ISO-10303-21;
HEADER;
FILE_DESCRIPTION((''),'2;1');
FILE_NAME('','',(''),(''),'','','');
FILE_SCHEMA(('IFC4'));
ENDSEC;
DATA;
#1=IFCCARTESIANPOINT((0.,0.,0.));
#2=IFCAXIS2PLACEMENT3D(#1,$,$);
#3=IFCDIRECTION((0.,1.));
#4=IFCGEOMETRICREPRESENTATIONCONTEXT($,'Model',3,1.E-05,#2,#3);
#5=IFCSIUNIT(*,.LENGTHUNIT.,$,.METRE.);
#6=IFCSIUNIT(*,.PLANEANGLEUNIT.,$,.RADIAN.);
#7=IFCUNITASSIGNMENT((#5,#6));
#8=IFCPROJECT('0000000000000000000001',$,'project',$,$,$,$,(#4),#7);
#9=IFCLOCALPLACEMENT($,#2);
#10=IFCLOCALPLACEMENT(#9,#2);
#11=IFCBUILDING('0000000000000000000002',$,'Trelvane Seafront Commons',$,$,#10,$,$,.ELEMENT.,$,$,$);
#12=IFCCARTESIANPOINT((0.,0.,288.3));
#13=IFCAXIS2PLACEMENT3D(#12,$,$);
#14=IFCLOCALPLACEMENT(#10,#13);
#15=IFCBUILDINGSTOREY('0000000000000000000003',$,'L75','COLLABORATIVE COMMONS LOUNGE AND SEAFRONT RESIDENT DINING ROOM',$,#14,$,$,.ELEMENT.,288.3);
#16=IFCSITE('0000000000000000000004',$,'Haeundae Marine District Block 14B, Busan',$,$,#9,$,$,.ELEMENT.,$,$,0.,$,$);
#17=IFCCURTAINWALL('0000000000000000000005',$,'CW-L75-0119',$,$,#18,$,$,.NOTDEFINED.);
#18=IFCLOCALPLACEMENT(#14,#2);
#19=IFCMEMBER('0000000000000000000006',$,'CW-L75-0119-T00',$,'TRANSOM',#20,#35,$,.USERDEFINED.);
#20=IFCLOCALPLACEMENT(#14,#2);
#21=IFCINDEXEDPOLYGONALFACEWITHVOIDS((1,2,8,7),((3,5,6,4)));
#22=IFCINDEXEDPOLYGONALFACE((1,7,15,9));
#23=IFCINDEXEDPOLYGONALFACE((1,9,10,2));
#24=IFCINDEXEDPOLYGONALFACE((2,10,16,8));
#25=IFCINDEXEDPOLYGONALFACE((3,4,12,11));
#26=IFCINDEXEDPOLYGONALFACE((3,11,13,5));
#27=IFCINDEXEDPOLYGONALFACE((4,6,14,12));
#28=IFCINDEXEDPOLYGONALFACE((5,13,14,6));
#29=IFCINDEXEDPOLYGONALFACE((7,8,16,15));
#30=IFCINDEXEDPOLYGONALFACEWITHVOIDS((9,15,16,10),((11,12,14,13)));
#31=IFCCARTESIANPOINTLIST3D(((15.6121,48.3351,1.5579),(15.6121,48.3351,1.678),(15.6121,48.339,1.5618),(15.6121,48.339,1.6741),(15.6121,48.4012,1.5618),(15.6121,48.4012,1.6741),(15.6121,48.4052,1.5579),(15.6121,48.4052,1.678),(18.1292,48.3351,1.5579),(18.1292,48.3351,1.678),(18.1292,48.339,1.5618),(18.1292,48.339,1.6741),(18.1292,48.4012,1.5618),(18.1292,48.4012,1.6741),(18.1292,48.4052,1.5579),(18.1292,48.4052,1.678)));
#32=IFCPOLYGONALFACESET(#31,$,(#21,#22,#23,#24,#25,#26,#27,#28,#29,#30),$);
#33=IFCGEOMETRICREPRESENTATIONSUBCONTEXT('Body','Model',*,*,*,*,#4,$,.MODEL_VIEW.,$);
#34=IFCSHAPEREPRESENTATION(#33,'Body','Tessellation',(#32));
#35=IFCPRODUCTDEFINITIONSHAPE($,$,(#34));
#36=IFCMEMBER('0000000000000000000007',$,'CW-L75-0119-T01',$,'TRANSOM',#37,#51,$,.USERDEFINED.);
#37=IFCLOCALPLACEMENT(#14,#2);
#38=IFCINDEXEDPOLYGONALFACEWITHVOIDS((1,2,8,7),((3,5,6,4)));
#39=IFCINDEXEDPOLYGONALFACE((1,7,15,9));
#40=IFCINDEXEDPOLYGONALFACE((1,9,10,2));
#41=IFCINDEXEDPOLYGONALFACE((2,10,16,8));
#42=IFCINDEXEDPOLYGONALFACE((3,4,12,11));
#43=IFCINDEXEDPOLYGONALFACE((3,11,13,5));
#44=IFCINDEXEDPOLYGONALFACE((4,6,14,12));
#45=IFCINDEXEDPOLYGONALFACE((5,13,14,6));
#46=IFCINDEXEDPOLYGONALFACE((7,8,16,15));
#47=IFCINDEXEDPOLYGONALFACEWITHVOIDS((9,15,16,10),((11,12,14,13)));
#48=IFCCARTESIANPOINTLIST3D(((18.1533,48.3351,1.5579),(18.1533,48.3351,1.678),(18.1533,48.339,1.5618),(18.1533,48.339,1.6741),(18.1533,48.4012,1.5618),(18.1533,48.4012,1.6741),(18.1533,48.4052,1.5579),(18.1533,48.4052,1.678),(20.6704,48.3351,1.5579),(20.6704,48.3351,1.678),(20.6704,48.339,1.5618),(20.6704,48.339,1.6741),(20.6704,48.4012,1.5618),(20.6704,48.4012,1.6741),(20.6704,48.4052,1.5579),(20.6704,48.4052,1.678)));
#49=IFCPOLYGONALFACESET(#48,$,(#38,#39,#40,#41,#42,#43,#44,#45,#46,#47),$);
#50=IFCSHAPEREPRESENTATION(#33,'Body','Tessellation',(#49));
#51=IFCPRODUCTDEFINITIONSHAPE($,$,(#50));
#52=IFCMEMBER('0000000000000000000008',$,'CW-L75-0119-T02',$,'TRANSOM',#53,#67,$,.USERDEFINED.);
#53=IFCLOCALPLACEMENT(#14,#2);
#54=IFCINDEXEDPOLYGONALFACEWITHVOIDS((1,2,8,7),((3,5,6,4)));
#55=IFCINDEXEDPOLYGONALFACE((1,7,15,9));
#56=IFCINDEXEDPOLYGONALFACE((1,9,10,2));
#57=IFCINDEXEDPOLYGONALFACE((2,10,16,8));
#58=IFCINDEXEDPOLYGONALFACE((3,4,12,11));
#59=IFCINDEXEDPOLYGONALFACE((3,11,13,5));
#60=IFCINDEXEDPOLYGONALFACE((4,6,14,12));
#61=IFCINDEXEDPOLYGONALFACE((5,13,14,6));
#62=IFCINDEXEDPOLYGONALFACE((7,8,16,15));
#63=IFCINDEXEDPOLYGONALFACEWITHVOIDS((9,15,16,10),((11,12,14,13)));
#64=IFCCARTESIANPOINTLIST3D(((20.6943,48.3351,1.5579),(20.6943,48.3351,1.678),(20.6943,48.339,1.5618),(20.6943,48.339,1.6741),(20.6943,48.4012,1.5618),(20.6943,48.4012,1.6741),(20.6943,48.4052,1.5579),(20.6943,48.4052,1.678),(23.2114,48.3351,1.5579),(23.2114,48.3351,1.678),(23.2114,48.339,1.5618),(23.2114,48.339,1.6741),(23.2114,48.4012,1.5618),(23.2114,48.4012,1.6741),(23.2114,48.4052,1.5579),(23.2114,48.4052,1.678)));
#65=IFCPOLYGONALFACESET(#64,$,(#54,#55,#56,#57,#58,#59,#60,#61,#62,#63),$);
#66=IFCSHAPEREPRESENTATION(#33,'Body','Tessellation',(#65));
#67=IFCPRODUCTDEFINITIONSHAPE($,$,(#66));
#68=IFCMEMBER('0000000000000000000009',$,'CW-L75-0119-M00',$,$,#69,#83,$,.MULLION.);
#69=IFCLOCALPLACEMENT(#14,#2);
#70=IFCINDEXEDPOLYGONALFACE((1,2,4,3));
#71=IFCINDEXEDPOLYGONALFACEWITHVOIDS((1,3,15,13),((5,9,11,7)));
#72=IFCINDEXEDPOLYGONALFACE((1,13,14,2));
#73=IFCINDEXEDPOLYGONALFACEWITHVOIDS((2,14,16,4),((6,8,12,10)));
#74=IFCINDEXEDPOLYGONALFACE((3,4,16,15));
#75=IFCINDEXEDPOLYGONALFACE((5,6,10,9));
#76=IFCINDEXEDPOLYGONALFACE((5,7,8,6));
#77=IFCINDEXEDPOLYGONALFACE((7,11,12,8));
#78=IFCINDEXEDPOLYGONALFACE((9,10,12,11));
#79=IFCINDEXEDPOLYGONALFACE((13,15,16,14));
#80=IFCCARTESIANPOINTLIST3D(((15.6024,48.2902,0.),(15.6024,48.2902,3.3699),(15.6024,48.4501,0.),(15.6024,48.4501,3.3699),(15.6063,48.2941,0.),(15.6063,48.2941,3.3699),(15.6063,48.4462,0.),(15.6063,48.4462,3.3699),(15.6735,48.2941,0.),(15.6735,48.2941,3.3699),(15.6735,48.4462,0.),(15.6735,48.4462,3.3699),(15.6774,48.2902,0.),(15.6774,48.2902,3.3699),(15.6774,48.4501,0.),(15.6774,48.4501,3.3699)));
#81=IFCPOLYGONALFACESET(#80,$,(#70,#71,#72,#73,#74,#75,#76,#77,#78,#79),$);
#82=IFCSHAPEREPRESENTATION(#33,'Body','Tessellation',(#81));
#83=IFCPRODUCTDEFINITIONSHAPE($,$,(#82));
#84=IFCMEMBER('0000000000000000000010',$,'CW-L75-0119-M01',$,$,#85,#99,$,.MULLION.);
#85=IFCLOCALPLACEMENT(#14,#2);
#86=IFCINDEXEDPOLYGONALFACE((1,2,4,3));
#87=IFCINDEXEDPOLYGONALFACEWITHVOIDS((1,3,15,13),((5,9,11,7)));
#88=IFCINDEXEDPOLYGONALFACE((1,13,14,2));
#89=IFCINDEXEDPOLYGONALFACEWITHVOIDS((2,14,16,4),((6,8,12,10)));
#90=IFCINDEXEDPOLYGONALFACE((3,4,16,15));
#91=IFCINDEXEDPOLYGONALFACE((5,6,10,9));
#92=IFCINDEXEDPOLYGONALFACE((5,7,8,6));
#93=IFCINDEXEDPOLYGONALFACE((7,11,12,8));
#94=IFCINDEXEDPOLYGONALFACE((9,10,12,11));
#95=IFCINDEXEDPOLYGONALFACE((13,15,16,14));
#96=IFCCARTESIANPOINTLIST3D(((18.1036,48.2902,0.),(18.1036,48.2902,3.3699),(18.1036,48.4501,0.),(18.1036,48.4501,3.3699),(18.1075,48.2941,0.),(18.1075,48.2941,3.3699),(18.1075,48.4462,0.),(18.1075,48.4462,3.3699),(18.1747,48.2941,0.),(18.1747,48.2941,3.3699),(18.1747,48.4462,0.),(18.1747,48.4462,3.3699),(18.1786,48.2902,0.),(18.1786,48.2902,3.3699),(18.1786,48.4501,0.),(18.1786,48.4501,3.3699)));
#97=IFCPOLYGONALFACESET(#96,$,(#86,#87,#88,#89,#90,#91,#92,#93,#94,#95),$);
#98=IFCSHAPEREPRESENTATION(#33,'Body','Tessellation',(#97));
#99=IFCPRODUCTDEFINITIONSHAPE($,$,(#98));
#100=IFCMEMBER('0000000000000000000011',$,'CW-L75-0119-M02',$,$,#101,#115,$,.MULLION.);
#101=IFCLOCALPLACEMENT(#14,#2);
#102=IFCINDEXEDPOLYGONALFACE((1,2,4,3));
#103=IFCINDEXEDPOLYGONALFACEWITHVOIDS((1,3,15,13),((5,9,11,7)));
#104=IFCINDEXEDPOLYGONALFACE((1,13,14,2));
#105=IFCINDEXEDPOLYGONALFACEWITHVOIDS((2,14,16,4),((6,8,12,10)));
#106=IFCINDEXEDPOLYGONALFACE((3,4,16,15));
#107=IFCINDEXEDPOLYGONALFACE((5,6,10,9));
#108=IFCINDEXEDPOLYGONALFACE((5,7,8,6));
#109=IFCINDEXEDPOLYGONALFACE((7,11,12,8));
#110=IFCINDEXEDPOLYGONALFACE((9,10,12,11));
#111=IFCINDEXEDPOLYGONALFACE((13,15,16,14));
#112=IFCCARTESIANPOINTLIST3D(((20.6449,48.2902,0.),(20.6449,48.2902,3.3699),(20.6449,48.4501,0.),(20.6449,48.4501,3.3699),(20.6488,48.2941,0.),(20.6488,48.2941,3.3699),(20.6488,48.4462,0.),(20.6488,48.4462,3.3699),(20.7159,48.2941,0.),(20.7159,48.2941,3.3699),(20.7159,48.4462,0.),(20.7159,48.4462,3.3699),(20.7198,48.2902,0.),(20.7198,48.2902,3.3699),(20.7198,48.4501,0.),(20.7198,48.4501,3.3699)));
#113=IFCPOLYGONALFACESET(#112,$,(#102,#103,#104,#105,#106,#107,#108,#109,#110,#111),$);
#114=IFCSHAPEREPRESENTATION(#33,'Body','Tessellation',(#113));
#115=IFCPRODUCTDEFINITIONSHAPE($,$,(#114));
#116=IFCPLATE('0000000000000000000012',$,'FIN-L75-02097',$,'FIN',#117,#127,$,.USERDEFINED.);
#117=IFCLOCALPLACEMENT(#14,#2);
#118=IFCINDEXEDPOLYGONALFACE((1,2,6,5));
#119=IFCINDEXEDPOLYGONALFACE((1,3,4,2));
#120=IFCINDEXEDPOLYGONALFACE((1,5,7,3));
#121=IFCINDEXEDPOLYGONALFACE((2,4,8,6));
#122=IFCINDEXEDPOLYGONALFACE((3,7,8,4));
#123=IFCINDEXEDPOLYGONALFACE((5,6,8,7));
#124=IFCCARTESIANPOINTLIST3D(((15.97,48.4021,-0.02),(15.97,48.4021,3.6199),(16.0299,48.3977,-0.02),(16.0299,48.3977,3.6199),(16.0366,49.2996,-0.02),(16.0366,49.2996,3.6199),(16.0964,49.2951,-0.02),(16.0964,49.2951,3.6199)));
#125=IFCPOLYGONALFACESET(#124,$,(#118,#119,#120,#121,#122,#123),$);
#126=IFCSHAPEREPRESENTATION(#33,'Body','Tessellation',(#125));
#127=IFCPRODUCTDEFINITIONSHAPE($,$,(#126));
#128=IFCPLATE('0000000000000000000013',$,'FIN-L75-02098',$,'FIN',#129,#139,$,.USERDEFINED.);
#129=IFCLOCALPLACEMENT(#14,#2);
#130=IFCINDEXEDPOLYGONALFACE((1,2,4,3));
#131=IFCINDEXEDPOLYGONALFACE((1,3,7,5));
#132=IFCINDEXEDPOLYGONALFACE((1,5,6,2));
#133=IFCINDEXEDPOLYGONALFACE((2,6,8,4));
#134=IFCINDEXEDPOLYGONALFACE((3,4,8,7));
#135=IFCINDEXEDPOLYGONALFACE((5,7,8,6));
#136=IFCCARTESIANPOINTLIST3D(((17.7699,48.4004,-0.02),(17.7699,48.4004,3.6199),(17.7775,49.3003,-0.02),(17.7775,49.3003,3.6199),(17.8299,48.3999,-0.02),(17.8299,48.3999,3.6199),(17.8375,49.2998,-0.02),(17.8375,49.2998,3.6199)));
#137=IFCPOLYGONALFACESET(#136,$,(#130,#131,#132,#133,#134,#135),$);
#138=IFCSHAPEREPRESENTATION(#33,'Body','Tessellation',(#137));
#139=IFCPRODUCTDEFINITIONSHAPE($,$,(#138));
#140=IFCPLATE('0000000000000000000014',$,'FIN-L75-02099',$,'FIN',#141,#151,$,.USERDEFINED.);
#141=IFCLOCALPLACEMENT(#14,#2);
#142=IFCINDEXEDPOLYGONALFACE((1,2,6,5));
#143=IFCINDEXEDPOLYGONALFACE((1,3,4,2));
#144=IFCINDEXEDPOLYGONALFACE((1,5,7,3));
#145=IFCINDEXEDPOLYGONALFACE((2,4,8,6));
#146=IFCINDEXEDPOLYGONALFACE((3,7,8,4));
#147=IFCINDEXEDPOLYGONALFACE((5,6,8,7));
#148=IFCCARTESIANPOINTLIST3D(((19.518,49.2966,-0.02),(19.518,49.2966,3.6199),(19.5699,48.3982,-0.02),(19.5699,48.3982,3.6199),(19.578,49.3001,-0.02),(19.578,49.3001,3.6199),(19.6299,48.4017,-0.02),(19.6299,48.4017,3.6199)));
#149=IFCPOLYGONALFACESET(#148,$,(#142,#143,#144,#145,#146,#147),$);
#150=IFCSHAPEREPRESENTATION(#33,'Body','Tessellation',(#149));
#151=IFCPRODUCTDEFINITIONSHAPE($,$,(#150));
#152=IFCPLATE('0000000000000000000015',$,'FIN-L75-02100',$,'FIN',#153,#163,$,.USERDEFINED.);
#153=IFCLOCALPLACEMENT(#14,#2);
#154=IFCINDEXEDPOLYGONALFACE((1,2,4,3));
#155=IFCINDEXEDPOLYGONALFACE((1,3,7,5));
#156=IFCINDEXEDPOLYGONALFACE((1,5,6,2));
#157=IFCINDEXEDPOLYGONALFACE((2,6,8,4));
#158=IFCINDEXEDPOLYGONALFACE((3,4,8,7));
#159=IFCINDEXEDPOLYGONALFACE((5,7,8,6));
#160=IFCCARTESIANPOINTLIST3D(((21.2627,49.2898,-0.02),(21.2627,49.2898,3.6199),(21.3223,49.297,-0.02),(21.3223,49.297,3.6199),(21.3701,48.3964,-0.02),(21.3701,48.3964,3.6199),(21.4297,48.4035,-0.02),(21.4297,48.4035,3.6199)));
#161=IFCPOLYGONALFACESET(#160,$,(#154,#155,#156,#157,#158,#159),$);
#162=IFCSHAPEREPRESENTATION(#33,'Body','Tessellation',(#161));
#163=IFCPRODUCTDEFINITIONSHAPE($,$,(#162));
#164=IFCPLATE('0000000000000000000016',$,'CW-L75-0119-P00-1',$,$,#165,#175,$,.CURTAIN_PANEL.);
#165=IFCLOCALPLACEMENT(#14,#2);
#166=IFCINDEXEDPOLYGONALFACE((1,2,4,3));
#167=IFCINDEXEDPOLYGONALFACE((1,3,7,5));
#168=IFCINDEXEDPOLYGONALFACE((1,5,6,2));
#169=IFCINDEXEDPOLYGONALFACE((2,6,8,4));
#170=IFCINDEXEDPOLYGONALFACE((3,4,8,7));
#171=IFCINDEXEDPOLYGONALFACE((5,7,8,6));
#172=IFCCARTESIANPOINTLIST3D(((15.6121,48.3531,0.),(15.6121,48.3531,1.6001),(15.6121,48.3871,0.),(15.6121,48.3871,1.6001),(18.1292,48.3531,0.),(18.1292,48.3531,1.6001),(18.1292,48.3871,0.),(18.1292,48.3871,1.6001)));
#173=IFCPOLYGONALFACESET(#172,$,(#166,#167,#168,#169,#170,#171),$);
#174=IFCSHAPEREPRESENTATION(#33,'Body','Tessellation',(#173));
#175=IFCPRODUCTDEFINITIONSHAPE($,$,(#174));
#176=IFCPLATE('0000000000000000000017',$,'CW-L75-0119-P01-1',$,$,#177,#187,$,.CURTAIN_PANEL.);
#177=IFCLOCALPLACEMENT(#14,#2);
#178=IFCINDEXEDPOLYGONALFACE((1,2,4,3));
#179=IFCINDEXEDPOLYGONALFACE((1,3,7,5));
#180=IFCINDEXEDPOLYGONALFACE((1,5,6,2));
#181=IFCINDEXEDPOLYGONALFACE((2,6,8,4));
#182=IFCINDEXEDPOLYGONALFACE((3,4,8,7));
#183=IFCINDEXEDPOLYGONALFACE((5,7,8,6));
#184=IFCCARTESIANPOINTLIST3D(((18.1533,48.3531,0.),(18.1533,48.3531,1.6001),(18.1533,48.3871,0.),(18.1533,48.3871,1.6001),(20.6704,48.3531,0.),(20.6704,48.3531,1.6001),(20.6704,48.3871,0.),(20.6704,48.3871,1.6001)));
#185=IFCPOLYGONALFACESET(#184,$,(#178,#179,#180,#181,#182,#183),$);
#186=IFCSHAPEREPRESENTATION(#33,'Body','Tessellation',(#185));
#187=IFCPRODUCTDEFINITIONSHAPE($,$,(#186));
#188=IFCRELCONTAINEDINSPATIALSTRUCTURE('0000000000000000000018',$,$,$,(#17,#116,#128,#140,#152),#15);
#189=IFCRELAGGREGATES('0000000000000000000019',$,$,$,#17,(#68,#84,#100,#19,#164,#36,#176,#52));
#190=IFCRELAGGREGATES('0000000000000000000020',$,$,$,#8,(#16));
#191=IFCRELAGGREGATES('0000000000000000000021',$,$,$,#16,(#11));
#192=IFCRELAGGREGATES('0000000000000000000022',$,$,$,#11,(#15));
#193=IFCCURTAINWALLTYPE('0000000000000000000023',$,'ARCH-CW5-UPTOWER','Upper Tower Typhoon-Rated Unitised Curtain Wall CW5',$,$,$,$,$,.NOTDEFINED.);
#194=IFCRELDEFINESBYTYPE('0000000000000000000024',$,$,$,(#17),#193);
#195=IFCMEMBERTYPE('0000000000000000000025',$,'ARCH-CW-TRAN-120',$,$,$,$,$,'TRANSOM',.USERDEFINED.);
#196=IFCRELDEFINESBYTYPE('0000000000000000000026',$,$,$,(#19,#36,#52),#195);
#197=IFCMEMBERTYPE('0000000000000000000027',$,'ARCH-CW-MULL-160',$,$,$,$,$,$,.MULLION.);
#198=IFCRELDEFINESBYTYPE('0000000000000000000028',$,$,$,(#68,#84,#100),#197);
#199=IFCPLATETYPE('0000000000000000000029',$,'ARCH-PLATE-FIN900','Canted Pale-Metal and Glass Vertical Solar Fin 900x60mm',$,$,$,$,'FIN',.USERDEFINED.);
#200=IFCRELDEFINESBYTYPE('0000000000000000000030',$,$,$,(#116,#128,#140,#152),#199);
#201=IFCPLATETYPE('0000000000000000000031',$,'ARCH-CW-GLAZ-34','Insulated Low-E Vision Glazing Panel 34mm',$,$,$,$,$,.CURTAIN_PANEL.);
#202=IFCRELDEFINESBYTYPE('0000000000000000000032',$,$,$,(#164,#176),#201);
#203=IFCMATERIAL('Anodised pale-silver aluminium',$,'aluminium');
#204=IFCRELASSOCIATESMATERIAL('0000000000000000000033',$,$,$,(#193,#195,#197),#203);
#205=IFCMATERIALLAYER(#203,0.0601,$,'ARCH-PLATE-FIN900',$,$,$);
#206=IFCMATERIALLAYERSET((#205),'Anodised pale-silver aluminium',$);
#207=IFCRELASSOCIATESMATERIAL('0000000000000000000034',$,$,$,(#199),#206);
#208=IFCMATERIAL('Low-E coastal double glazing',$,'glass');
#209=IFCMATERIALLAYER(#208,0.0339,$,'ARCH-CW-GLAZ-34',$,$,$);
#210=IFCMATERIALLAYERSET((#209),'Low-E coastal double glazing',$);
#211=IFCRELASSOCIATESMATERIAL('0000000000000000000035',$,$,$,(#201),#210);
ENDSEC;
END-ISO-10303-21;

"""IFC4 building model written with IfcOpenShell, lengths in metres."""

from ifc_helpers import new_model, si_unit, direction, frame, origin, origin_2d, place, context, subcontext, project, spatial, rectangle, hollow_rectangle, extrude, source, transform, mapped, material, layer, layer_set, material_profile, profile_set, type_object, element, aggregate, save


model = new_model("IFC4")

# Units and contexts
model_context = context("Model", 3, precision=1e-05, world=origin(), true_north=direction((0.0, 1.0)))
body_context = subcontext(model_context, "Body", "Model", "MODEL_VIEW")
ifc_project = project(units=[si_unit("LENGTHUNIT", "METRE"), si_unit("PLANEANGLEUNIT", "RADIAN")], contexts=[model_context])

# Site, building, storey
site_placement = place(None, origin())
site = spatial("IfcSite", under=ifc_project, at=site_placement, Name="Haeundae Marine District Block 14B, Busan", CompositionType="ELEMENT", RefElevation=0.0)
building_placement = place(site_placement, origin())
building = spatial("IfcBuilding", under=site, at=building_placement, Name="Trelvane Seafront Commons", CompositionType="ELEMENT")
storey_placement = place(building_placement, frame((0.0, 0.0, 288.3)))
storey = spatial("IfcBuildingStorey", under=building, at=storey_placement, Name="L75", Description="COLLABORATIVE COMMONS LOUNGE AND SEAFRONT RESIDENT DINING ROOM", CompositionType="ELEMENT", Elevation=288.3)

# Curtain wall, members
ifc_material_1 = material(Name="Anodised pale-silver aluminium", Category="aluminium")
curtain_wall_type = type_object("IfcCurtainWallType", Name="ARCH-CW5-UPTOWER", Description="Upper Tower Typhoon-Rated Unitised Curtain Wall CW5", PredefinedType="NOTDEFINED", material=ifc_material_1)
curtain_wall_placement = place(storey_placement, origin())
curtain_wall = element("IfcCurtainWall", 1, at=curtain_wall_placement, inside=storey, type_object=curtain_wall_type, Name="CW-L75-0119", PredefinedType="NOTDEFINED")
ifc_material_profile_1 = material_profile(ifc_material_1, hollow_rectangle(XDim=0.0701, YDim=0.1201, WallThickness=0.0039, at=origin_2d()), Name="TRAN-70x120x4")
ifc_profile_set_1 = profile_set([ifc_material_profile_1], Name="Anodised pale-silver aluminium")
member_type_1 = type_object("IfcMemberType", Name="ARCH-CW-TRAN-120", ElementType="TRANSOM", PredefinedType="USERDEFINED", material=ifc_profile_set_1)
shared_shape_1 = source(origin(), body_context, "Body", "SweptSolid", [
    extrude(hollow_rectangle(XDim=0.0701, YDim=0.1201, WallThickness=0.0039, at=origin_2d()), origin(), (0.0, 0.0, 1.0), 2.5171),
])
member_1_placement = place(storey_placement, frame((15.6121, 48.3701, 1.6179), z_axis=(1.0, 0.0, 0.0), x_axis=(0.0, 1.0, 0.0)))
member_1 = element("IfcMember", 2, at=member_1_placement, type_object=member_type_1, Name="CW-L75-0119-T00", ObjectType="TRANSOM", PredefinedType="USERDEFINED", context=body_context, shape_type="MappedRepresentation", body=[
    mapped(shared_shape_1, transform((0.0, 0.0, 0.0), x_axis=(1.0, 0.0, 0.0), y_axis=(0.0, 1.0, 0.0), z_axis=(0.0, 0.0, 1.0), scale=1.0)),
])
member_2_placement = place(storey_placement, frame((18.1533, 48.3701, 1.6179), z_axis=(1.0, 0.0, 0.0), x_axis=(0.0, 1.0, 0.0)))
member_2 = element("IfcMember", 3, at=member_2_placement, type_object=member_type_1, Name="CW-L75-0119-T01", ObjectType="TRANSOM", PredefinedType="USERDEFINED", context=body_context, shape_type="MappedRepresentation", body=[
    mapped(shared_shape_1, transform((0.0, 0.0, 0.0), x_axis=(1.0, 0.0, 0.0), y_axis=(0.0, 1.0, 0.0), z_axis=(0.0, 0.0, 1.0), scale=1.0)),
])
member_3_placement = place(storey_placement, frame((20.6943, 48.3701, 1.6179), z_axis=(1.0, 0.0, 0.0), x_axis=(0.0, 1.0, 0.0)))
member_3 = element("IfcMember", 4, at=member_3_placement, type_object=member_type_1, Name="CW-L75-0119-T02", ObjectType="TRANSOM", PredefinedType="USERDEFINED", context=body_context, shape_type="MappedRepresentation", body=[
    mapped(shared_shape_1, transform((0.0, 0.0, 0.0), x_axis=(1.0, 0.0, 0.0), y_axis=(0.0, 1.0, 0.0), z_axis=(0.0, 0.0, 1.0), scale=1.0)),
])
ifc_material_profile_2 = material_profile(ifc_material_1, hollow_rectangle(XDim=0.075, YDim=0.1599, WallThickness=0.0039, at=origin_2d()), Name="MULL-75x160x4")
ifc_profile_set_2 = profile_set([ifc_material_profile_2], Name="Anodised pale-silver aluminium")
member_type_2 = type_object("IfcMemberType", Name="ARCH-CW-MULL-160", PredefinedType="MULLION", material=ifc_profile_set_2)
shared_shape_2 = source(origin(), body_context, "Body", "SweptSolid", [
    extrude(hollow_rectangle(XDim=0.075, YDim=0.1599, WallThickness=0.0039, at=origin_2d()), origin(), (0.0, 0.0, 1.0), 3.3699),
])
member_4_placement = place(storey_placement, frame((15.6399, 48.3701, 0.0), z_axis=(0.0, 0.0, 1.0), x_axis=(1.0, 0.0, 0.0)))
member_4 = element("IfcMember", 5, at=member_4_placement, type_object=member_type_2, Name="CW-L75-0119-M00", PredefinedType="MULLION", context=body_context, shape_type="MappedRepresentation", body=[
    mapped(shared_shape_2, transform((0.0, 0.0, 0.0), x_axis=(1.0, 0.0, 0.0), y_axis=(0.0, 1.0, 0.0), z_axis=(0.0, 0.0, 1.0), scale=1.0)),
])
member_5_placement = place(storey_placement, frame((18.1411, 48.3701, 0.0), z_axis=(0.0, 0.0, 1.0), x_axis=(1.0, 0.0, 0.0)))
member_5 = element("IfcMember", 6, at=member_5_placement, type_object=member_type_2, Name="CW-L75-0119-M01", PredefinedType="MULLION", context=body_context, shape_type="MappedRepresentation", body=[
    mapped(shared_shape_2, transform((0.0, 0.0, 0.0), x_axis=(1.0, 0.0, 0.0), y_axis=(0.0, 1.0, 0.0), z_axis=(0.0, 0.0, 1.0), scale=1.0)),
])
member_6_placement = place(storey_placement, frame((20.6824, 48.3701, 0.0), z_axis=(0.0, 0.0, 1.0), x_axis=(1.0, 0.0, 0.0)))
member_6 = element("IfcMember", 7, at=member_6_placement, type_object=member_type_2, Name="CW-L75-0119-M02", PredefinedType="MULLION", context=body_context, shape_type="MappedRepresentation", body=[
    mapped(shared_shape_2, transform((0.0, 0.0, 0.0), x_axis=(1.0, 0.0, 0.0), y_axis=(0.0, 1.0, 0.0), z_axis=(0.0, 0.0, 1.0), scale=1.0)),
])

# Plates
ifc_layer_1 = layer(ifc_material_1, 0.0601, Name="ARCH-PLATE-FIN900")
ifc_layer_set_1 = layer_set([ifc_layer_1], Name="Anodised pale-silver aluminium")
plate_type_1 = type_object("IfcPlateType", Name="ARCH-PLATE-FIN900", Description="Canted Pale-Metal and Glass Vertical Solar Fin 900x60mm", ElementType="FIN", PredefinedType="USERDEFINED", material=ifc_layer_set_1)
shared_shape_3 = source(origin(), body_context, "Body", "SweptSolid", [
    extrude(rectangle(XDim=0.8999, YDim=0.0601, at=origin_2d()), origin(), (0.0, 0.0, 1.0), 3.6399),
])
for number, where, z_axis, x_axis, name in (
    (8, (16.0332, 48.8486, -0.02), (0.0, 0.0, 1.0), (0.074002, 0.997258, 0.0), "FIN-L75-02097"),
    (9, (17.8037, 48.8501, -0.02), (0.0, 0.0, 1.0), (0.008444, 0.999964, 0.0), "FIN-L75-02098"),
    (10, (19.574, 48.8491, -0.02), (0.0, 0.0, 1.0), (-0.057667, 0.998336, 0.0), "FIN-L75-02099"),
    (11, (21.3462, 48.8467, -0.02), (0.0, 0.0, 1.0), (-0.119329, 0.992855, 0.0), "FIN-L75-02100"),
):
    element("IfcPlate", number, at=place(storey_placement, frame(where, z_axis=z_axis, x_axis=x_axis)), inside=storey, type_object=plate_type_1, Name=name, ObjectType="FIN", PredefinedType="USERDEFINED", context=body_context, shape_type="MappedRepresentation", body=[
        mapped(shared_shape_3, transform((0.0, 0.0, 0.0), x_axis=(1.0, 0.0, 0.0), y_axis=(0.0, 1.0, 0.0), z_axis=(0.0, 0.0, 1.0), scale=1.0)),
    ])

# Plates
ifc_material_2 = material(Name="Low-E coastal double glazing", Category="glass")
ifc_layer_2 = layer(ifc_material_2, 0.0339, Name="ARCH-CW-GLAZ-34")
ifc_layer_set_2 = layer_set([ifc_layer_2], Name="Low-E coastal double glazing")
plate_type_2 = type_object("IfcPlateType", Name="ARCH-CW-GLAZ-34", Description="Insulated Low-E Vision Glazing Panel 34mm", PredefinedType="CURTAIN_PANEL", material=ifc_layer_set_2)
shared_shape_4 = source(origin(), body_context, "Body", "SweptSolid", [
    extrude(rectangle(XDim=2.5171, YDim=0.0339, at=origin_2d()), origin(), (0.0, 0.0, 1.0), 1.6001),
])
plate_1_placement = place(storey_placement, frame((16.8706, 48.3701, 0.0), z_axis=(0.0, 0.0, 1.0), x_axis=(1.0, 0.0, 0.0)))
plate_1 = element("IfcPlate", 12, at=plate_1_placement, type_object=plate_type_2, Name="CW-L75-0119-P00-1", PredefinedType="CURTAIN_PANEL", context=body_context, shape_type="MappedRepresentation", body=[
    mapped(shared_shape_4, transform((0.0, 0.0, 0.0), x_axis=(1.0, 0.0, 0.0), y_axis=(0.0, 1.0, 0.0), z_axis=(0.0, 0.0, 1.0), scale=1.0)),
])
plate_2_placement = place(storey_placement, frame((19.4119, 48.3701, 0.0), z_axis=(0.0, 0.0, 1.0), x_axis=(1.0, 0.0, 0.0)))
plate_2 = element("IfcPlate", 13, at=plate_2_placement, type_object=plate_type_2, Name="CW-L75-0119-P01-1", PredefinedType="CURTAIN_PANEL", context=body_context, shape_type="MappedRepresentation", body=[
    mapped(shared_shape_4, transform((0.0, 0.0, 0.0), x_axis=(1.0, 0.0, 0.0), y_axis=(0.0, 1.0, 0.0), z_axis=(0.0, 0.0, 1.0), scale=1.0)),
])
aggregate(curtain_wall, [member_4, member_5, member_6, member_1, plate_1, member_2, plate_2, member_3])

save(model, "model.ifc")
